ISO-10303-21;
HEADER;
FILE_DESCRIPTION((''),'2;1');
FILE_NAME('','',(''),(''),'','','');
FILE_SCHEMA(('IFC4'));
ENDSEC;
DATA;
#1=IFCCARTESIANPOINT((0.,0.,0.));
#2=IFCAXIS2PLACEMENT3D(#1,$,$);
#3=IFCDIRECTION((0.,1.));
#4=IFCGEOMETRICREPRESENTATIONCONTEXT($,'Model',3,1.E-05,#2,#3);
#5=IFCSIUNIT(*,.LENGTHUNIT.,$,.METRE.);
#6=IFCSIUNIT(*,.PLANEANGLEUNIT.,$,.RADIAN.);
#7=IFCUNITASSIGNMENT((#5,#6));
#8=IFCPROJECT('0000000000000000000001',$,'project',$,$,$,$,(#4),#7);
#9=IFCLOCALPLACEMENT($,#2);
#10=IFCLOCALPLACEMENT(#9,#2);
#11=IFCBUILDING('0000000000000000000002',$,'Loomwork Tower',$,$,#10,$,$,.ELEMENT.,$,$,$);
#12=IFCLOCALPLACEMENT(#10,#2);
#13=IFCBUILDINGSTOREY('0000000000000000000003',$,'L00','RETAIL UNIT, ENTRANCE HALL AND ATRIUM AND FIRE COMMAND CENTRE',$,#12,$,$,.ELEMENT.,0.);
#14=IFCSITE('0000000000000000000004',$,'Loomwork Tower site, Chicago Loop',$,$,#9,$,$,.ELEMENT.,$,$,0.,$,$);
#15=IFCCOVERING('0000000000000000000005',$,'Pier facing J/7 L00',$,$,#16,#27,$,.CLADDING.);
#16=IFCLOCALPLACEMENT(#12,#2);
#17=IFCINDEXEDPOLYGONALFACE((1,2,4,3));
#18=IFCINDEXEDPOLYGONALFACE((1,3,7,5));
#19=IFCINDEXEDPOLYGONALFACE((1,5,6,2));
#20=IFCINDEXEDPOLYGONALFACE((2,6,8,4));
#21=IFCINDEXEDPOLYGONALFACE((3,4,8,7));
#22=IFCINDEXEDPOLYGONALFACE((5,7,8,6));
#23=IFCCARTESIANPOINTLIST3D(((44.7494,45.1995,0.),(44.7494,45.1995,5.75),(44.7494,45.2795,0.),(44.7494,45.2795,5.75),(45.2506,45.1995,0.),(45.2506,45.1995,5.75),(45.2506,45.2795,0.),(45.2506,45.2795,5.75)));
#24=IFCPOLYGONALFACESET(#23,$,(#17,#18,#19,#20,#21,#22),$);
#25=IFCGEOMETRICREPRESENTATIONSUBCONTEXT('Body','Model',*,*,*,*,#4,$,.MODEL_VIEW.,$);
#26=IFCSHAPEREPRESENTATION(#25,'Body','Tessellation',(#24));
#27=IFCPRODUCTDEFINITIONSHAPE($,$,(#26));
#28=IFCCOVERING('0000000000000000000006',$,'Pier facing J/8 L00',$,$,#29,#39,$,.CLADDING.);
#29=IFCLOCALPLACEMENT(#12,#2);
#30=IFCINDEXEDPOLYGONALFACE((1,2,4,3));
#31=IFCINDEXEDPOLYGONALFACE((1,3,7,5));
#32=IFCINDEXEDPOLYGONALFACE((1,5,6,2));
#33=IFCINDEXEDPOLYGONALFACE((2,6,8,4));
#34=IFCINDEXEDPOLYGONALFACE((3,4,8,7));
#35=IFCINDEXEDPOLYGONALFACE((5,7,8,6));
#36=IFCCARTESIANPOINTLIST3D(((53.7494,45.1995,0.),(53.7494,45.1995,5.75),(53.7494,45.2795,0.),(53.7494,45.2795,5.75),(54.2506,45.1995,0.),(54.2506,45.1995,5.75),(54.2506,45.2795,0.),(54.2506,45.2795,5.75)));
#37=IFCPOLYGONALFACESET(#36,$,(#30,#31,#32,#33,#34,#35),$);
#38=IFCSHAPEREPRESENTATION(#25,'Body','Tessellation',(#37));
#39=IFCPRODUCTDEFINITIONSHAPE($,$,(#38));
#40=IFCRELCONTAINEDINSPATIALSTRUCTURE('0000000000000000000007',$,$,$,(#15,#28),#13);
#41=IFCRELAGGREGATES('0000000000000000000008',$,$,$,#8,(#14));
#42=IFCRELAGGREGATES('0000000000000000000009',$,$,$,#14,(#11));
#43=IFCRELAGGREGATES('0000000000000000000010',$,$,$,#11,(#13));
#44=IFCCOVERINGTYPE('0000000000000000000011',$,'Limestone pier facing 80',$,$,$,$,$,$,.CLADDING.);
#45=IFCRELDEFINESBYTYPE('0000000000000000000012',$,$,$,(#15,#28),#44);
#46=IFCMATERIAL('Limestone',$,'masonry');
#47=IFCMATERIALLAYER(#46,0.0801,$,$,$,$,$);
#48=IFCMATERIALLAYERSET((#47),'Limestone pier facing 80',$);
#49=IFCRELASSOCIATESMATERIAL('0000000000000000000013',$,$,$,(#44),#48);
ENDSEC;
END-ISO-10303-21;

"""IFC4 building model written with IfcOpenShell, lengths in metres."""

from ifc_helpers import new_model, si_unit, direction, frame, origin, origin_2d, place, context, subcontext, project, spatial, rectangle, extrude, material, layer, layer_set, type_object, element, save


model = new_model("IFC4")

# Units and contexts
model_context = context("Model", 3, precision=1e-05, world=origin(), true_north=direction((0.0, 1.0)))
body_context = subcontext(model_context, "Body", "Model", "MODEL_VIEW")
ifc_project = project(units=[si_unit("LENGTHUNIT", "METRE"), si_unit("PLANEANGLEUNIT", "RADIAN")], contexts=[model_context])

# Site, building, storey
site_placement = place(None, origin())
site = spatial("IfcSite", under=ifc_project, at=site_placement, Name="Loomwork Tower site, Chicago Loop", CompositionType="ELEMENT", RefElevation=0.0)
building_placement = place(site_placement, origin())
building = spatial("IfcBuilding", under=site, at=building_placement, Name="Loomwork Tower", CompositionType="ELEMENT")
storey_placement = place(building_placement, origin())
storey = spatial("IfcBuildingStorey", under=building, at=storey_placement, Name="L00", Description="RETAIL UNIT, ENTRANCE HALL AND ATRIUM AND FIRE COMMAND CENTRE", CompositionType="ELEMENT", Elevation=0.0)

# Coverings
ifc_material_1 = material(Name="Limestone", Category="masonry")
ifc_layer_1 = layer(ifc_material_1, 0.0801)
ifc_layer_set_1 = layer_set([ifc_layer_1], Name="Limestone pier facing 80")
covering_type_1 = type_object("IfcCoveringType", Name="Limestone pier facing 80", PredefinedType="CLADDING", material=ifc_layer_set_1)
for number, where, z_axis, x_axis, name in (
    (1, (45.0, 45.2395, 0.0), (0.0, 0.0, 1.0), (1.0, 0.0, 0.0), "Pier facing J/7 L00"),
    (2, (54.0, 45.2395, 0.0), (0.0, 0.0, 1.0), (1.0, 0.0, 0.0), "Pier facing J/8 L00"),
):
    element("IfcCovering", number, at=place(storey_placement, frame(where, z_axis=z_axis, x_axis=x_axis)), inside=storey, type_object=covering_type_1, Name=name, PredefinedType="CLADDING", context=body_context, shape_type="SweptSolid", body=[
        extrude(rectangle(XDim=0.5012, YDim=0.0801, at=origin_2d()), origin(), (0.0, 0.0, 1.0), 5.75),
    ])

save(model, "model.ifc")
